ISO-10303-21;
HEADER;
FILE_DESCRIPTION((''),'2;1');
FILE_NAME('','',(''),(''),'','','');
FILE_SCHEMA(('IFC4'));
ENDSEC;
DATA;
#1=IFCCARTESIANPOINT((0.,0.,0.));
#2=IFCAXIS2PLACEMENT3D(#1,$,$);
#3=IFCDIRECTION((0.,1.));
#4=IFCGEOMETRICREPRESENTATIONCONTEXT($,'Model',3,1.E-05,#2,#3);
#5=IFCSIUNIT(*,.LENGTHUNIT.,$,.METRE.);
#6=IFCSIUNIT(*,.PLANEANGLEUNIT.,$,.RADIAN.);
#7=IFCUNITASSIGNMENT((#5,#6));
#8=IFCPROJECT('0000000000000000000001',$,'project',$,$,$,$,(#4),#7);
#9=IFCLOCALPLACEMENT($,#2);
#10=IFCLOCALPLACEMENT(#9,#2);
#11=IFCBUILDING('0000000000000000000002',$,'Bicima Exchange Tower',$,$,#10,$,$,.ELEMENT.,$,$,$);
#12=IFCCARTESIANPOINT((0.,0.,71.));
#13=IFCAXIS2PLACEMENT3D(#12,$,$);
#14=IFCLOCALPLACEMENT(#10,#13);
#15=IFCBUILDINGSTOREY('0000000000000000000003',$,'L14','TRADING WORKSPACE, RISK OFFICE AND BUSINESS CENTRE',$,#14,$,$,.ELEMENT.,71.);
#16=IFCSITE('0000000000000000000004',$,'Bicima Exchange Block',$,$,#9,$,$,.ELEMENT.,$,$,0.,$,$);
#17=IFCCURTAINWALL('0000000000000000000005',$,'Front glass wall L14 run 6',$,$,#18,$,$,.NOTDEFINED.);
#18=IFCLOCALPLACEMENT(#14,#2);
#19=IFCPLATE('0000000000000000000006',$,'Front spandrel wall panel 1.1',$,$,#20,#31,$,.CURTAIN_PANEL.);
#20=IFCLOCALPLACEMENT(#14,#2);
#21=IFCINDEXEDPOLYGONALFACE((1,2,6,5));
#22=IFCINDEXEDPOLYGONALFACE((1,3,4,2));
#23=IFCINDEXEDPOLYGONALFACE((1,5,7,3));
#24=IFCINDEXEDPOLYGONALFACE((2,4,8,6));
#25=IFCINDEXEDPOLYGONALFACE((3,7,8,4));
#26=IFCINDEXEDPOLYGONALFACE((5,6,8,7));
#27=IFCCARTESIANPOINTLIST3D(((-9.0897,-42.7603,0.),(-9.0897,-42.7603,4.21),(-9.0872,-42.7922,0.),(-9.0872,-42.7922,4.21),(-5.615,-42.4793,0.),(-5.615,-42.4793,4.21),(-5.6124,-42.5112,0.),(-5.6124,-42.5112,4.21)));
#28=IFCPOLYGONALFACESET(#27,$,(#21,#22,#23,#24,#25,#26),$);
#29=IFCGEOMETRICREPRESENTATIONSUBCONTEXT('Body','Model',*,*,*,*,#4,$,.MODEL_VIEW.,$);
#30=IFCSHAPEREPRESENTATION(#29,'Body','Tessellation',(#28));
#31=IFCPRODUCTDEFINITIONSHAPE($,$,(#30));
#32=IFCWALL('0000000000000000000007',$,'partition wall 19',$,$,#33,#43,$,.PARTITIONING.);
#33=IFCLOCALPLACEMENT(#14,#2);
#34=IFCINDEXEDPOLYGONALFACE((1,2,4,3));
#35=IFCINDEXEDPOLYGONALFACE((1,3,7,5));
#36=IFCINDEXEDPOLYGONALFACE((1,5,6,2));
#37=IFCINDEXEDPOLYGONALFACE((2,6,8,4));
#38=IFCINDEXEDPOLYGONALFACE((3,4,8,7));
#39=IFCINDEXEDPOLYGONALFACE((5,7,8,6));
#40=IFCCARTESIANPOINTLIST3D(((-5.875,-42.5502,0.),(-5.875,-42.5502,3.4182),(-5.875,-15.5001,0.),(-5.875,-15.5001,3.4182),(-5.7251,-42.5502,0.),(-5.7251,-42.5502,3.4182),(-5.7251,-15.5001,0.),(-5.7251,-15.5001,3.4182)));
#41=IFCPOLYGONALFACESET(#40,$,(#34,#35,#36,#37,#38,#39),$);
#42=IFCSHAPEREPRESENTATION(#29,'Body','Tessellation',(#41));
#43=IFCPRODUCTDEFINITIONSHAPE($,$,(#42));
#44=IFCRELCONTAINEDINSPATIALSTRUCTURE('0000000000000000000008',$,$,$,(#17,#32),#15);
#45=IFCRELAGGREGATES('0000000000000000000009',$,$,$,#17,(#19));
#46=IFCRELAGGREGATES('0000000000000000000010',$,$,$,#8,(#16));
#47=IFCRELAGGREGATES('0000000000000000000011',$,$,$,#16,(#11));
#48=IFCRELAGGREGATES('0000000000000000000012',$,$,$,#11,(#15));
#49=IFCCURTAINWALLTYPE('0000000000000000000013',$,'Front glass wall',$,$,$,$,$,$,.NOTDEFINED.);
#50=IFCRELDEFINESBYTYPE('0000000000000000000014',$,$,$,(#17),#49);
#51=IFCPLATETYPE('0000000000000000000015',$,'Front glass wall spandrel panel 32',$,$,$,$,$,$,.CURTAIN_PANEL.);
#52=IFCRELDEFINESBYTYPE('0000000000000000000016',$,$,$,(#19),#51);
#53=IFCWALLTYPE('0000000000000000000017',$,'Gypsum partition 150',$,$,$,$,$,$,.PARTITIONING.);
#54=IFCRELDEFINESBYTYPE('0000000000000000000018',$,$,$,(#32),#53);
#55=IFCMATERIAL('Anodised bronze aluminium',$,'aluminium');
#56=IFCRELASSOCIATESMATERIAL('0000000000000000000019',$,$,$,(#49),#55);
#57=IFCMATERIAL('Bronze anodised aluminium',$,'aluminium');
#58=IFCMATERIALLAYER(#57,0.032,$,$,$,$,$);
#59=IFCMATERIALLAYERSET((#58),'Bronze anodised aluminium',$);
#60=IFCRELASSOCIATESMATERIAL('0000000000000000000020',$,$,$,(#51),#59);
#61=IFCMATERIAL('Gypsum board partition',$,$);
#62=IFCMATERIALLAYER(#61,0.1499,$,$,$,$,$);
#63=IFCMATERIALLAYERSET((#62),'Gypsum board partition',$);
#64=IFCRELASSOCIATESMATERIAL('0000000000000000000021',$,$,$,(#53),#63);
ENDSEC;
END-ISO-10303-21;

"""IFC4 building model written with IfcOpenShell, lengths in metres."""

from ifc_helpers import new_model, si_unit, direction, frame, frame_2d, origin, origin_2d, place, context, subcontext, project, spatial, rectangle, extrude, material, layer, layer_set, type_object, element, aggregate, save


model = new_model("IFC4")

# Units and contexts
model_context = context("Model", 3, precision=1e-05, world=origin(), true_north=direction((0.0, 1.0)))
body_context = subcontext(model_context, "Body", "Model", "MODEL_VIEW")
ifc_project = project(units=[si_unit("LENGTHUNIT", "METRE"), si_unit("PLANEANGLEUNIT", "RADIAN")], contexts=[model_context])

# Site, building, storey
site_placement = place(None, origin())
site = spatial("IfcSite", under=ifc_project, at=site_placement, Name="Bicima Exchange Block", CompositionType="ELEMENT", RefElevation=0.0)
building_placement = place(site_placement, origin())
building = spatial("IfcBuilding", under=site, at=building_placement, Name="Bicima Exchange Tower", CompositionType="ELEMENT")
storey_placement = place(building_placement, frame((0.0, 0.0, 71.0)))
storey = spatial("IfcBuildingStorey", under=building, at=storey_placement, Name="L14", Description="TRADING WORKSPACE, RISK OFFICE AND BUSINESS CENTRE", CompositionType="ELEMENT", Elevation=71.0)

# Curtain wall
ifc_material_1 = material(Name="Anodised bronze aluminium", Category="aluminium")
curtain_wall_type = type_object("IfcCurtainWallType", Name="Front glass wall", PredefinedType="NOTDEFINED", material=ifc_material_1)
curtain_wall_placement = place(storey_placement, origin())
curtain_wall = element("IfcCurtainWall", 1, at=curtain_wall_placement, inside=storey, type_object=curtain_wall_type, Name="Front glass wall L14 run 6", PredefinedType="NOTDEFINED")

# Plate
ifc_material_2 = material(Name="Bronze anodised aluminium", Category="aluminium")
ifc_layer_1 = layer(ifc_material_2, 0.032)
ifc_layer_set_1 = layer_set([ifc_layer_1], Name="Bronze anodised aluminium")
plate_type_1 = type_object("IfcPlateType", Name="Front glass wall spandrel panel 32", PredefinedType="CURTAIN_PANEL", material=ifc_layer_set_1)
plate_1_placement = place(storey_placement, frame((-7.3511, -42.6357, 0.0), z_axis=(0.0, 0.0, 1.0), x_axis=(0.996747, 0.080589, 0.0)))
plate_1 = element("IfcPlate", 2, at=plate_1_placement, type_object=plate_type_1, Name="Front spandrel wall panel 1.1", PredefinedType="CURTAIN_PANEL", context=body_context, shape_type="SweptSolid", body=[
    extrude(rectangle(XDim=3.4861, YDim=0.032, at=origin_2d()), origin(), (0.0, 0.0, 1.0), 4.21),
])
aggregate(curtain_wall, [plate_1])

# Wall
ifc_material_3 = material(Name="Gypsum board partition")
ifc_layer_2 = layer(ifc_material_3, 0.1499)
ifc_layer_set_2 = layer_set([ifc_layer_2], Name="Gypsum board partition")
wall_type = type_object("IfcWallType", Name="Gypsum partition 150", PredefinedType="PARTITIONING", material=ifc_layer_set_2)
wall_placement = place(storey_placement, frame((-5.8, -42.55, 0.0), z_axis=(0.0, 0.0, 1.0), x_axis=(0.0, 1.0, 0.0)))
element("IfcWall", 3, at=wall_placement, inside=storey, type_object=wall_type, Name="partition wall 19", PredefinedType="PARTITIONING", context=body_context, shape_type="SweptSolid", body=[
    extrude(rectangle(XDim=27.05, YDim=0.1499, at=frame_2d((13.5249, 0.0))), origin(), (0.0, 0.0, 1.0), 3.4182),
])

save(model, "model.ifc")
